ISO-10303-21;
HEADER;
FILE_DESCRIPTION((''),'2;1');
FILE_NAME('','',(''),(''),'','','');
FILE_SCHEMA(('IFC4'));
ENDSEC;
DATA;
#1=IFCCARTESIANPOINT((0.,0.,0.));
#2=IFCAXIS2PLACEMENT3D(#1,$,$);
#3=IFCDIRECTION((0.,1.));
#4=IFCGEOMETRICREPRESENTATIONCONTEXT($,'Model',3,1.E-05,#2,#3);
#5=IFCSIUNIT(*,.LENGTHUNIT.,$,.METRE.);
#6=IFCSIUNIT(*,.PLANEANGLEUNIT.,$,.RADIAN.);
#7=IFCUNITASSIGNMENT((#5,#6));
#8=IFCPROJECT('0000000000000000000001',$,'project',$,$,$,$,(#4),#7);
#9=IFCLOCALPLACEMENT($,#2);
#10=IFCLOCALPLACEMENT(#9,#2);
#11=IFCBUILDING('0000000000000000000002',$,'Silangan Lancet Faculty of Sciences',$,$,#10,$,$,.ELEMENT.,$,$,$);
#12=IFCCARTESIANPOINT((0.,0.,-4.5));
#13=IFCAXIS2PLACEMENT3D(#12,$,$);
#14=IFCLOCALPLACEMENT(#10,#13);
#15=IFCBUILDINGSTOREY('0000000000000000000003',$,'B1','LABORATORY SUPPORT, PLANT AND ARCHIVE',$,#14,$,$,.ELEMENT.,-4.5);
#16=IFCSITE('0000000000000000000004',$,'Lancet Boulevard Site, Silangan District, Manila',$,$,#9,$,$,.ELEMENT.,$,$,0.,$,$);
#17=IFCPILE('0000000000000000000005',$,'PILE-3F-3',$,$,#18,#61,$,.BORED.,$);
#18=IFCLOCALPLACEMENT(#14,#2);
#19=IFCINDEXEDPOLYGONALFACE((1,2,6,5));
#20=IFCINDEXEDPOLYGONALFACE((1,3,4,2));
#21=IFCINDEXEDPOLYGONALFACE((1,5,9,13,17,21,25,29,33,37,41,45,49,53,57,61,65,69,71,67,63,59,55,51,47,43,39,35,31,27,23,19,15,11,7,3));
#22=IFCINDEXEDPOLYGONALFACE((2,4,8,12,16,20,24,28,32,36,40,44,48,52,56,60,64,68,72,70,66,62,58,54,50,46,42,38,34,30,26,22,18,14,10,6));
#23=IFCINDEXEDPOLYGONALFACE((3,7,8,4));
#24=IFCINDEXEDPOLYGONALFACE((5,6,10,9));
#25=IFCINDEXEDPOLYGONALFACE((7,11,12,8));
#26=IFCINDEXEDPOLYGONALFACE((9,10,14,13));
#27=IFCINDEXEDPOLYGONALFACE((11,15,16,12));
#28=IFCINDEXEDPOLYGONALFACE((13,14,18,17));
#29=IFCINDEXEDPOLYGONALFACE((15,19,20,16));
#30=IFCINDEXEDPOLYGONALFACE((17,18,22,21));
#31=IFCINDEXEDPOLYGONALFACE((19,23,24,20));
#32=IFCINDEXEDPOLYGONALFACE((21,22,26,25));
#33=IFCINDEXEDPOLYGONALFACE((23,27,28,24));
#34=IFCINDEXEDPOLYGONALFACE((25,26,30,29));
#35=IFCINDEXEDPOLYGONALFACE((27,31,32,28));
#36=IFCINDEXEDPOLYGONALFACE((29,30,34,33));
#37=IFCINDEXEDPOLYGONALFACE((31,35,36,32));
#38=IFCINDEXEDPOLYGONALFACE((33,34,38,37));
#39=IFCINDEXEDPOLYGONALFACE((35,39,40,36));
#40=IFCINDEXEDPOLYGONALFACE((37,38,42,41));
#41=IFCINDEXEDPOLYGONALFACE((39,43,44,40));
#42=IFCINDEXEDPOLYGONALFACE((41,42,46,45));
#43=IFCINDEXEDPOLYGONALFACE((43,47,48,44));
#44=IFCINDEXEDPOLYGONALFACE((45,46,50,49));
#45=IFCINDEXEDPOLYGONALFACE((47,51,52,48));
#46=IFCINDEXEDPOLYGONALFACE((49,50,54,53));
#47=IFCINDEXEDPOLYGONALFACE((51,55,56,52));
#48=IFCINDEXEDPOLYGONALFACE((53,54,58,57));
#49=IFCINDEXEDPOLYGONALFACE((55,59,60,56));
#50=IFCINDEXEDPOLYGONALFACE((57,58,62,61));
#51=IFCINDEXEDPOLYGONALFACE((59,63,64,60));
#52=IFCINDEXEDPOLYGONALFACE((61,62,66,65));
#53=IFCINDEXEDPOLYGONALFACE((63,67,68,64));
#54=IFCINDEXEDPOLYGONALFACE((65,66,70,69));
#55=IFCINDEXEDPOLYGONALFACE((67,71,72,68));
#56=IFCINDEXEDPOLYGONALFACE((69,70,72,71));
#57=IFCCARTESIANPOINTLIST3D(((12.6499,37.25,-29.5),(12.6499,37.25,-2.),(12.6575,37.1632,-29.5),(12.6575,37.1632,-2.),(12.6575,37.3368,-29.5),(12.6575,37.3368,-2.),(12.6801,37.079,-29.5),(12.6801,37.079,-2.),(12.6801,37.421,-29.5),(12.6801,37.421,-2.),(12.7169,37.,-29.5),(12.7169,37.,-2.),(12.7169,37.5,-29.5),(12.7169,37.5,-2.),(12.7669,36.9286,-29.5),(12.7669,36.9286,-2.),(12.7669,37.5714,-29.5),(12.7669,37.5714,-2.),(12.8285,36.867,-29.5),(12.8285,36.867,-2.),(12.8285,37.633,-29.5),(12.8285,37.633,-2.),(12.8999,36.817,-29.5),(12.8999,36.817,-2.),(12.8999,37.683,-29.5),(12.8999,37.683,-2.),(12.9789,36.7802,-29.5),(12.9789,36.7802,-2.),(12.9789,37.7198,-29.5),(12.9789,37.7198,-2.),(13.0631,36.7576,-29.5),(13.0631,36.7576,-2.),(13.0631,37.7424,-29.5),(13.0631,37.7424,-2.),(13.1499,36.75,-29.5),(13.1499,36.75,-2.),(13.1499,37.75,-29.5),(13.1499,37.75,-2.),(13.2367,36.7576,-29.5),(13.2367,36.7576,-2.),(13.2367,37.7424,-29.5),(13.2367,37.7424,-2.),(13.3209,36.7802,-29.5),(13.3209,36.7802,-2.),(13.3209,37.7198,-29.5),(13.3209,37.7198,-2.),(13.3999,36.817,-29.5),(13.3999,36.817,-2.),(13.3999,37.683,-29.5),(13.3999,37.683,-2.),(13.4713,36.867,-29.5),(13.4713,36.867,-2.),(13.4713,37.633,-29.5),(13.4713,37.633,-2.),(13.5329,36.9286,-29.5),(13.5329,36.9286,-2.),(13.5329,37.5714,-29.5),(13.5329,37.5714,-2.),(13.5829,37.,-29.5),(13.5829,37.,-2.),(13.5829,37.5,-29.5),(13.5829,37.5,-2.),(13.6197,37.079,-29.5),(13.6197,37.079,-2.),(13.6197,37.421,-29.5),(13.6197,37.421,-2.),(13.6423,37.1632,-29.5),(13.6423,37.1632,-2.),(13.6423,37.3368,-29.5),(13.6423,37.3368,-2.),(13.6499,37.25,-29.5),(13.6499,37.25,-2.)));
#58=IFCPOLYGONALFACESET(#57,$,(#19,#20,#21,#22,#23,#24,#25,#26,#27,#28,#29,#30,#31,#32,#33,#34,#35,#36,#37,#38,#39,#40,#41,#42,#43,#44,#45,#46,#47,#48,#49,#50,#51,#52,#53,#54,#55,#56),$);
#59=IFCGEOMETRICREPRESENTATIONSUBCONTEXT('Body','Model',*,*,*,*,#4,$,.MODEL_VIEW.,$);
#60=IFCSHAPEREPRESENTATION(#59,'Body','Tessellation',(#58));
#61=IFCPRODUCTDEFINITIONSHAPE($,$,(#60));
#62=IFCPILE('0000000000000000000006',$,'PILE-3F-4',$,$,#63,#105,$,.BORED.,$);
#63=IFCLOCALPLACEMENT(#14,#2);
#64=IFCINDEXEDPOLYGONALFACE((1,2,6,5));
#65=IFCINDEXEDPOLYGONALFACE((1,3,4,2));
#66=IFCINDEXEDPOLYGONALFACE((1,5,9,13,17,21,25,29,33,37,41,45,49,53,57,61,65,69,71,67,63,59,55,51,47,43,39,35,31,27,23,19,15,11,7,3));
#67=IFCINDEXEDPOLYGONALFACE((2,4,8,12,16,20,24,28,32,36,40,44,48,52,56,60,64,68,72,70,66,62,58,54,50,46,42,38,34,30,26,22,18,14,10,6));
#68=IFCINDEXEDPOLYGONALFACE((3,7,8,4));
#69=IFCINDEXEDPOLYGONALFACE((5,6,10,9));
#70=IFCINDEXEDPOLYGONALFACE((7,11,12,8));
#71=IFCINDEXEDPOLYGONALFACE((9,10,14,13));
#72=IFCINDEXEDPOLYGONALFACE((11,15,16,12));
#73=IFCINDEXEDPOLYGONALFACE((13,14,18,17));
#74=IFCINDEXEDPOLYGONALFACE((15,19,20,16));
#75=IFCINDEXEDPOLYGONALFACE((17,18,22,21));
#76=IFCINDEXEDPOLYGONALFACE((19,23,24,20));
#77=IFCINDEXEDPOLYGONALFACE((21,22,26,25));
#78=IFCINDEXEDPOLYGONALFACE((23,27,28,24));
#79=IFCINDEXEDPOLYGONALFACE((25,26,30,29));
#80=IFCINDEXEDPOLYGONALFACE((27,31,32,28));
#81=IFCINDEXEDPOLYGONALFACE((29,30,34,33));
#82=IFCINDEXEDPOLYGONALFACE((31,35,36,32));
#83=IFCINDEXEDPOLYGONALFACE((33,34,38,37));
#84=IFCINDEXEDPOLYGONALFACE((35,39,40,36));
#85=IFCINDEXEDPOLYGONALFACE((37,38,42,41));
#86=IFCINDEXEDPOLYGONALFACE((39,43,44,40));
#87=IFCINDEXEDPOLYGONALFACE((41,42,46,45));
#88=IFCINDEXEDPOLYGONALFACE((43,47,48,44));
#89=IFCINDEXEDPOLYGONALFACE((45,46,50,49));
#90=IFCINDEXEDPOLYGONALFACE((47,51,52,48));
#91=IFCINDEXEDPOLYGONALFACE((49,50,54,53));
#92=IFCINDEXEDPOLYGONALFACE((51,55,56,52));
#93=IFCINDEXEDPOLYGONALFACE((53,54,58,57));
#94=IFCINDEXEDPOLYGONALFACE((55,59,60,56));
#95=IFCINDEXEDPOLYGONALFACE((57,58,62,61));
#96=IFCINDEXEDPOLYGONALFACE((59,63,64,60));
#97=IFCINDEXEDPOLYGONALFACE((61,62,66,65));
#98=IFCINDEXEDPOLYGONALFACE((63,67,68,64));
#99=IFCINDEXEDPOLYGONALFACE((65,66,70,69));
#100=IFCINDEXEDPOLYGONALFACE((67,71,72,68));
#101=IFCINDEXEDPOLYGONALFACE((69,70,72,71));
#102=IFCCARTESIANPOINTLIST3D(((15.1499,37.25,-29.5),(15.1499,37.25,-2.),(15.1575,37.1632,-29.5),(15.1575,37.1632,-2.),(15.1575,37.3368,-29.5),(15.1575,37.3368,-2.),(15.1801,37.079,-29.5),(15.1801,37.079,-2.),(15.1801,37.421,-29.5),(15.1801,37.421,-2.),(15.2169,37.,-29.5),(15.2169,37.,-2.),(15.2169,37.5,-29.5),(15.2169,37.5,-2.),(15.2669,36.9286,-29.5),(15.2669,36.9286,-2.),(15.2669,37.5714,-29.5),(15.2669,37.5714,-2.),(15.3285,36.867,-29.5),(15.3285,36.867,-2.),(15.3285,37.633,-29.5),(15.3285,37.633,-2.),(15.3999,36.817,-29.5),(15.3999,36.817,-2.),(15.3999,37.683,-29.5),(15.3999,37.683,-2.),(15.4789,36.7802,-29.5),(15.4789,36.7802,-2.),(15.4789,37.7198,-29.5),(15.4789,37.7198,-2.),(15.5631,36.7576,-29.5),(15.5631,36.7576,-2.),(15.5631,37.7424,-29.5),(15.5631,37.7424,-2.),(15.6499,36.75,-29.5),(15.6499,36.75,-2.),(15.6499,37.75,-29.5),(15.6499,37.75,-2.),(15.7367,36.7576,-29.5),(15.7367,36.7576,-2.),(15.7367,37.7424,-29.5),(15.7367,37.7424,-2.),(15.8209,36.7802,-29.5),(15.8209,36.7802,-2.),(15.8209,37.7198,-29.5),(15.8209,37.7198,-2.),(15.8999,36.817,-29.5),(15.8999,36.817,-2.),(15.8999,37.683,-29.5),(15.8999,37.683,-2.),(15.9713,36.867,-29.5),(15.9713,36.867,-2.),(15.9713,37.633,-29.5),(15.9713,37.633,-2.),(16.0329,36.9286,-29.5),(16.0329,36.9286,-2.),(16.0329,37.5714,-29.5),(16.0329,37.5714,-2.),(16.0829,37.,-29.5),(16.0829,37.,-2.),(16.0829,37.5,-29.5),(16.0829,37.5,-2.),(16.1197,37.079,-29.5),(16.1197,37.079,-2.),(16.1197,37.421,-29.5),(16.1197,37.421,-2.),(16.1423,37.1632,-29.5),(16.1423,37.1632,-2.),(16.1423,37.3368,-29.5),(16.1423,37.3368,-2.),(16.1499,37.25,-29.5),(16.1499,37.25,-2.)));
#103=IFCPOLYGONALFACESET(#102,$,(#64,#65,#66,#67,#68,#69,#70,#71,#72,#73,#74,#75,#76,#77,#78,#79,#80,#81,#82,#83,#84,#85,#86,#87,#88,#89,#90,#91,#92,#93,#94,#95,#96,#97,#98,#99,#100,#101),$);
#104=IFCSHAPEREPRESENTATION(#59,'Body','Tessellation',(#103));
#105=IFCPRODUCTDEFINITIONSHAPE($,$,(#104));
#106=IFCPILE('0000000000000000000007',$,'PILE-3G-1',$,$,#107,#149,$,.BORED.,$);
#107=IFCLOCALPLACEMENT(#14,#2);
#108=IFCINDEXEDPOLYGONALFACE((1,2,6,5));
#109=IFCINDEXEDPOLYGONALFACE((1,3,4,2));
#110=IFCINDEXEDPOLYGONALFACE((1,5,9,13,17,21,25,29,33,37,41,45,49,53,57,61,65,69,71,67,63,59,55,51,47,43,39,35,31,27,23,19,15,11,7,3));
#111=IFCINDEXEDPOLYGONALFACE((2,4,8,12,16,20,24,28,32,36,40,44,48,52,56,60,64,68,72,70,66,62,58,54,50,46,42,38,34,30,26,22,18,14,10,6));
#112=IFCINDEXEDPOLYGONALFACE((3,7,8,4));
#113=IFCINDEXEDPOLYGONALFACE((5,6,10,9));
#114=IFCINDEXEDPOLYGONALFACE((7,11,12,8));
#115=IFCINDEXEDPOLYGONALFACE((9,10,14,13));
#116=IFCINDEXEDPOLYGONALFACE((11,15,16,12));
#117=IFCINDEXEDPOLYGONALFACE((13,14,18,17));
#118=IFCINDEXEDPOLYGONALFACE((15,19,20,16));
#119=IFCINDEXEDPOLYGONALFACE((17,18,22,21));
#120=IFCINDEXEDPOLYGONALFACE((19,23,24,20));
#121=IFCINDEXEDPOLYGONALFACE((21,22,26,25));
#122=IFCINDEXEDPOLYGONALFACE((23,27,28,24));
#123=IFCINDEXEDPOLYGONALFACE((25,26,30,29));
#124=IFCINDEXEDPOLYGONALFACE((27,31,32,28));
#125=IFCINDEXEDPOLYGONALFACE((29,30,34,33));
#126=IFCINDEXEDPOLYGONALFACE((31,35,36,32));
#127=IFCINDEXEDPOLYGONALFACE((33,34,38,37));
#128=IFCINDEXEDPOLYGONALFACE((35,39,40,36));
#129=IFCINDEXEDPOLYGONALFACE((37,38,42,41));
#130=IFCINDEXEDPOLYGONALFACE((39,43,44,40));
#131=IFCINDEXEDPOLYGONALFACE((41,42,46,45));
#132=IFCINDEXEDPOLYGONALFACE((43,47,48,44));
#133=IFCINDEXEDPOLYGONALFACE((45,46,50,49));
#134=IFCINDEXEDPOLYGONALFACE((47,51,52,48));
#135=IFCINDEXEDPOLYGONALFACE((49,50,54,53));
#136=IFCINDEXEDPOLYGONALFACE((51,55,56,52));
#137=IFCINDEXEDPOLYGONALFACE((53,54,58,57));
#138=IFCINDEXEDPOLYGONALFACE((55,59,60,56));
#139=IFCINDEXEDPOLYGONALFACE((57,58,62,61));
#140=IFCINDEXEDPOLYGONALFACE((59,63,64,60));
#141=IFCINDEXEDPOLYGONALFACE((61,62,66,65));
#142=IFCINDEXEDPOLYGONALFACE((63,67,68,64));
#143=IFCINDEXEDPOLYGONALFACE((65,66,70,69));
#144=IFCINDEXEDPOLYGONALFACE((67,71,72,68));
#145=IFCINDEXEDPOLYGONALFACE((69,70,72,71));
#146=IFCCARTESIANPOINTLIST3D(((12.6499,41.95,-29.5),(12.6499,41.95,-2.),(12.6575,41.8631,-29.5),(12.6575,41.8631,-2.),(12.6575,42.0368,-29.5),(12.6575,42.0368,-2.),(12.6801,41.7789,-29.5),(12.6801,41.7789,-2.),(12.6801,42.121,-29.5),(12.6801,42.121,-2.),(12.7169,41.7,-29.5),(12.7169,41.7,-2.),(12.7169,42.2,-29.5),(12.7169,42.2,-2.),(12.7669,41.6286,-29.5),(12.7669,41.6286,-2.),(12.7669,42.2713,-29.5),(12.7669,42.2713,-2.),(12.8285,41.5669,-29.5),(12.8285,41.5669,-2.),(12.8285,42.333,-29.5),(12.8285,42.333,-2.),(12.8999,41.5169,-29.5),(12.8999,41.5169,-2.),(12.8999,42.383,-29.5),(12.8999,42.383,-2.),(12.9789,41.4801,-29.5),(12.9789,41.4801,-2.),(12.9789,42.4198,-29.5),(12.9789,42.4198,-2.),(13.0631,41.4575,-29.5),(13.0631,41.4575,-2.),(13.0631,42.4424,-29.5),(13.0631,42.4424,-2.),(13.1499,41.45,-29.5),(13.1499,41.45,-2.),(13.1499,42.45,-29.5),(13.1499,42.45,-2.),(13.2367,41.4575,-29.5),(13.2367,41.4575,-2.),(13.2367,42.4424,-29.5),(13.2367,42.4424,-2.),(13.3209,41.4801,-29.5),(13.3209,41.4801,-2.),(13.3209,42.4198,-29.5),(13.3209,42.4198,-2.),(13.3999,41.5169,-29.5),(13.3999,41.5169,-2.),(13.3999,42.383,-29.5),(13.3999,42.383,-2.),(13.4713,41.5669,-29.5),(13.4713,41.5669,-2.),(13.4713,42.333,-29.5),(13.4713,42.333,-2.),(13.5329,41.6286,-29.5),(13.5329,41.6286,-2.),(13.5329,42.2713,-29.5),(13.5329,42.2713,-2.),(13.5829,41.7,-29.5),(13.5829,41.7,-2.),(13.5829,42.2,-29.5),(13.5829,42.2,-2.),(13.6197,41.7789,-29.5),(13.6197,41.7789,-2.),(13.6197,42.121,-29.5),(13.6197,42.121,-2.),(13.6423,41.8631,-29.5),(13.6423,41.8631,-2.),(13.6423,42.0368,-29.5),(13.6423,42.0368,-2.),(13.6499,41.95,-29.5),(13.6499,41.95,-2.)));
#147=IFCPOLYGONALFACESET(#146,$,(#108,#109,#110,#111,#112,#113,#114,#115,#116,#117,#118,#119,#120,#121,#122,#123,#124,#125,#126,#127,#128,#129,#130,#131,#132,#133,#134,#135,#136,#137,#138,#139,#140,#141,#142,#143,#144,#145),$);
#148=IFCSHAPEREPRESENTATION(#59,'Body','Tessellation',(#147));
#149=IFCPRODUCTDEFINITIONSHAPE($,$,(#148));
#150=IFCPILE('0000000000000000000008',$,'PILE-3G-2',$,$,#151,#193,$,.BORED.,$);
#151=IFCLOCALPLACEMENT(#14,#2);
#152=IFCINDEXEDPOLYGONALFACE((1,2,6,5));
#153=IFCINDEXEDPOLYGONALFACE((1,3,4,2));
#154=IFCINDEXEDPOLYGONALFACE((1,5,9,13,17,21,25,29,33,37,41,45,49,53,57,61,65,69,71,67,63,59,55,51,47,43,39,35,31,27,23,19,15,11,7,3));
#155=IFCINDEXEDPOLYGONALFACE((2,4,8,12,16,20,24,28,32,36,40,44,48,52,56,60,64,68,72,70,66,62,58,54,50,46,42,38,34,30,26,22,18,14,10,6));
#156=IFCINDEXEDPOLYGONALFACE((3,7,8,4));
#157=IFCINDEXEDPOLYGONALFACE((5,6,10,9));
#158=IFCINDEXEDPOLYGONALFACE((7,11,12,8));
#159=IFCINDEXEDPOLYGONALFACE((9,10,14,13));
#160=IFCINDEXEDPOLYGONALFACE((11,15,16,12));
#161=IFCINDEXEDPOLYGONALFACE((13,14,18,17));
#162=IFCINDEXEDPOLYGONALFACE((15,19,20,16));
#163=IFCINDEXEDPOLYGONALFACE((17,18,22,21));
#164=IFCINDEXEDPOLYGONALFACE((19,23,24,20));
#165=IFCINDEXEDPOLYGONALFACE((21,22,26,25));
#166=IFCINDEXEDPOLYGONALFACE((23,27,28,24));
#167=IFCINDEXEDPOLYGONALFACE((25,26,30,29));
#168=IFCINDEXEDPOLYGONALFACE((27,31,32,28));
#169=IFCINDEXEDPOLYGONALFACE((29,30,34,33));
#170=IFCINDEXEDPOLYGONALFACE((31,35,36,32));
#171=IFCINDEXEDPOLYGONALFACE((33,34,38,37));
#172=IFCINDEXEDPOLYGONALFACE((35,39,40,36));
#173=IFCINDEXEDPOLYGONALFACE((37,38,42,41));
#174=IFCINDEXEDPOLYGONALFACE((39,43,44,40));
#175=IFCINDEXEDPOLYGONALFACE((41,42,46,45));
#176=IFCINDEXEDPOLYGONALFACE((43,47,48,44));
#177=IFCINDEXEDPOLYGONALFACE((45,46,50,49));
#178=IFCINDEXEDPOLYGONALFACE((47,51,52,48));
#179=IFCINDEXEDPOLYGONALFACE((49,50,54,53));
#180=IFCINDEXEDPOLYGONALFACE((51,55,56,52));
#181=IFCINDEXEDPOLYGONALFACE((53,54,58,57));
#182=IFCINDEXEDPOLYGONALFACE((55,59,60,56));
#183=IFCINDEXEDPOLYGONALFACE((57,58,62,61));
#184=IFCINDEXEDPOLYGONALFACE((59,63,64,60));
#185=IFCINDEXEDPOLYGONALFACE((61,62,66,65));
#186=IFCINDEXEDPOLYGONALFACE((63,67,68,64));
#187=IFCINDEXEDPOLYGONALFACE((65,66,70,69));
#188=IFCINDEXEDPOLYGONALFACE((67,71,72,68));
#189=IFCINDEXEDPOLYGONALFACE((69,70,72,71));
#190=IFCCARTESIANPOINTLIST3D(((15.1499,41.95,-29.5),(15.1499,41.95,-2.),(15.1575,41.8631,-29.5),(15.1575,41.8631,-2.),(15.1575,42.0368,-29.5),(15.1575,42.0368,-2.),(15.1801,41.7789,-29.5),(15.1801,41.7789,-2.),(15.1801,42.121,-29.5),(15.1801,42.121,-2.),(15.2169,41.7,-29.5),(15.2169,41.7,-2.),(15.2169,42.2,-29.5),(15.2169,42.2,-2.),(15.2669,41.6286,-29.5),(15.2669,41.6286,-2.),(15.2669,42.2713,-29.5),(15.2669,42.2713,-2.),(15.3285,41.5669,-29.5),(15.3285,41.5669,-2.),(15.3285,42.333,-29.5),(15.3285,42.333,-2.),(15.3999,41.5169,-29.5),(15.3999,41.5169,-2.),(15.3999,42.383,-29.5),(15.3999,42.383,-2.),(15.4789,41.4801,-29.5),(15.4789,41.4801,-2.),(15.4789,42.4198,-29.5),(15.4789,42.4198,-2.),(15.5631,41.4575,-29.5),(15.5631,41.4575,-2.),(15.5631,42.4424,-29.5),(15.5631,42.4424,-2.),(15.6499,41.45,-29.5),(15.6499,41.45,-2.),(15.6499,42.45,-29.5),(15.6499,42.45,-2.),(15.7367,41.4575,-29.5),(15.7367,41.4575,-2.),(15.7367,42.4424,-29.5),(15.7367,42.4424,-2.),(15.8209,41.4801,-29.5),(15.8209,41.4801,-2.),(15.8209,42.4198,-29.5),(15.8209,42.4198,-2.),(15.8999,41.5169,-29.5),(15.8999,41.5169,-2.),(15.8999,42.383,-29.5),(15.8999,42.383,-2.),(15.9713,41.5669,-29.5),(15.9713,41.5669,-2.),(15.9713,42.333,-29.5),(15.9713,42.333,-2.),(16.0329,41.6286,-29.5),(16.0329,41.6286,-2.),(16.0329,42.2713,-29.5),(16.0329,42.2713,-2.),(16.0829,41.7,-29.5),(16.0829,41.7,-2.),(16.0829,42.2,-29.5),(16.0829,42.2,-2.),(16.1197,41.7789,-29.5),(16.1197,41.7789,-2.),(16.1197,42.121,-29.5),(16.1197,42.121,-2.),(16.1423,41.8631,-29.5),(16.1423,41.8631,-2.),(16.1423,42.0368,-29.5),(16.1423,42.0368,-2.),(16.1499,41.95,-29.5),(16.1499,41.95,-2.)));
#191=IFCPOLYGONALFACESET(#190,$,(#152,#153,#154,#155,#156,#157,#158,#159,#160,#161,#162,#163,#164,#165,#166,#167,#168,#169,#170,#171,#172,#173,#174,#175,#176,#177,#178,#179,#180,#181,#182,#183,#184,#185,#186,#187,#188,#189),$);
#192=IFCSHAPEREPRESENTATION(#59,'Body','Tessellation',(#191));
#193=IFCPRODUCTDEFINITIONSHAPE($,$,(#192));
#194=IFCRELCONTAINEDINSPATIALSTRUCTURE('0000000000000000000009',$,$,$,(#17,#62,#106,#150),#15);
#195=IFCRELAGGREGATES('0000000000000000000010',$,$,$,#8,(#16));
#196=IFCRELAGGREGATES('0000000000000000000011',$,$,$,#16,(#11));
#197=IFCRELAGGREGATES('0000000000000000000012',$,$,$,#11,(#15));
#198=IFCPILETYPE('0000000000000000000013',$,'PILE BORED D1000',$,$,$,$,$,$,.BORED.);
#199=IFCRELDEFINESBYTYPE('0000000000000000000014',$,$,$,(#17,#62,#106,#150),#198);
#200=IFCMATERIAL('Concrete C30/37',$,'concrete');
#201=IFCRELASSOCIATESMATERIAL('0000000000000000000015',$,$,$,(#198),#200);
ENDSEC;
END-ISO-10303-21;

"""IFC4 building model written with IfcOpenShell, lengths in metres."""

from ifc_helpers import new_model, si_unit, direction, frame, origin, origin_2d, place, context, subcontext, project, spatial, circle, extrude, material, material_profile, profile_set, type_object, element, save


model = new_model("IFC4")

# Units and contexts
model_context = context("Model", 3, precision=1e-05, world=origin(), true_north=direction((0.0, 1.0)))
body_context = subcontext(model_context, "Body", "Model", "MODEL_VIEW")
ifc_project = project(units=[si_unit("LENGTHUNIT", "METRE"), si_unit("PLANEANGLEUNIT", "RADIAN")], contexts=[model_context])

# Site, building, storey
site_placement = place(None, origin())
site = spatial("IfcSite", under=ifc_project, at=site_placement, Name="Lancet Boulevard Site, Silangan District, Manila", CompositionType="ELEMENT", RefElevation=0.0)
building_placement = place(site_placement, origin())
building = spatial("IfcBuilding", under=site, at=building_placement, Name="Silangan Lancet Faculty of Sciences", CompositionType="ELEMENT")
storey_placement = place(building_placement, frame((0.0, 0.0, -4.5)))
storey = spatial("IfcBuildingStorey", under=building, at=storey_placement, Name="B1", Description="LABORATORY SUPPORT, PLANT AND ARCHIVE", CompositionType="ELEMENT", Elevation=-4.5)

# Piles
ifc_material_1 = material(Name="Concrete C30/37", Category="concrete")
ifc_material_profile_1 = material_profile(ifc_material_1, circle(Radius=0.5, at=origin_2d()), Name="BORED PILE D1000")
ifc_profile_set_1 = profile_set([ifc_material_profile_1], Name="Concrete C30/37")
pile_type = type_object("IfcPileType", Name="PILE BORED D1000", PredefinedType="BORED", material=ifc_profile_set_1)
for number, where, z_axis, x_axis, name in (
    (1, (13.1499, 37.25, -2.0), (0.0, 0.0, -1.0), (1.0, 0.0, 0.0), "PILE-3F-3"),
    (2, (15.6499, 37.25, -2.0), (0.0, 0.0, -1.0), (1.0, 0.0, 0.0), "PILE-3F-4"),
    (3, (13.1499, 41.95, -2.0), (0.0, 0.0, -1.0), (1.0, 0.0, 0.0), "PILE-3G-1"),
    (4, (15.6499, 41.95, -2.0), (0.0, 0.0, -1.0), (1.0, 0.0, 0.0), "PILE-3G-2"),
):
    element("IfcPile", number, at=place(storey_placement, frame(where, z_axis=z_axis, x_axis=x_axis)), inside=storey, type_object=pile_type, Name=name, PredefinedType="BORED", context=body_context, shape_type="SweptSolid", body=[
        extrude(circle(Radius=0.5, at=origin_2d()), origin(), (0.0, 0.0, 1.0), 27.5),
    ])

save(model, "model.ifc")
